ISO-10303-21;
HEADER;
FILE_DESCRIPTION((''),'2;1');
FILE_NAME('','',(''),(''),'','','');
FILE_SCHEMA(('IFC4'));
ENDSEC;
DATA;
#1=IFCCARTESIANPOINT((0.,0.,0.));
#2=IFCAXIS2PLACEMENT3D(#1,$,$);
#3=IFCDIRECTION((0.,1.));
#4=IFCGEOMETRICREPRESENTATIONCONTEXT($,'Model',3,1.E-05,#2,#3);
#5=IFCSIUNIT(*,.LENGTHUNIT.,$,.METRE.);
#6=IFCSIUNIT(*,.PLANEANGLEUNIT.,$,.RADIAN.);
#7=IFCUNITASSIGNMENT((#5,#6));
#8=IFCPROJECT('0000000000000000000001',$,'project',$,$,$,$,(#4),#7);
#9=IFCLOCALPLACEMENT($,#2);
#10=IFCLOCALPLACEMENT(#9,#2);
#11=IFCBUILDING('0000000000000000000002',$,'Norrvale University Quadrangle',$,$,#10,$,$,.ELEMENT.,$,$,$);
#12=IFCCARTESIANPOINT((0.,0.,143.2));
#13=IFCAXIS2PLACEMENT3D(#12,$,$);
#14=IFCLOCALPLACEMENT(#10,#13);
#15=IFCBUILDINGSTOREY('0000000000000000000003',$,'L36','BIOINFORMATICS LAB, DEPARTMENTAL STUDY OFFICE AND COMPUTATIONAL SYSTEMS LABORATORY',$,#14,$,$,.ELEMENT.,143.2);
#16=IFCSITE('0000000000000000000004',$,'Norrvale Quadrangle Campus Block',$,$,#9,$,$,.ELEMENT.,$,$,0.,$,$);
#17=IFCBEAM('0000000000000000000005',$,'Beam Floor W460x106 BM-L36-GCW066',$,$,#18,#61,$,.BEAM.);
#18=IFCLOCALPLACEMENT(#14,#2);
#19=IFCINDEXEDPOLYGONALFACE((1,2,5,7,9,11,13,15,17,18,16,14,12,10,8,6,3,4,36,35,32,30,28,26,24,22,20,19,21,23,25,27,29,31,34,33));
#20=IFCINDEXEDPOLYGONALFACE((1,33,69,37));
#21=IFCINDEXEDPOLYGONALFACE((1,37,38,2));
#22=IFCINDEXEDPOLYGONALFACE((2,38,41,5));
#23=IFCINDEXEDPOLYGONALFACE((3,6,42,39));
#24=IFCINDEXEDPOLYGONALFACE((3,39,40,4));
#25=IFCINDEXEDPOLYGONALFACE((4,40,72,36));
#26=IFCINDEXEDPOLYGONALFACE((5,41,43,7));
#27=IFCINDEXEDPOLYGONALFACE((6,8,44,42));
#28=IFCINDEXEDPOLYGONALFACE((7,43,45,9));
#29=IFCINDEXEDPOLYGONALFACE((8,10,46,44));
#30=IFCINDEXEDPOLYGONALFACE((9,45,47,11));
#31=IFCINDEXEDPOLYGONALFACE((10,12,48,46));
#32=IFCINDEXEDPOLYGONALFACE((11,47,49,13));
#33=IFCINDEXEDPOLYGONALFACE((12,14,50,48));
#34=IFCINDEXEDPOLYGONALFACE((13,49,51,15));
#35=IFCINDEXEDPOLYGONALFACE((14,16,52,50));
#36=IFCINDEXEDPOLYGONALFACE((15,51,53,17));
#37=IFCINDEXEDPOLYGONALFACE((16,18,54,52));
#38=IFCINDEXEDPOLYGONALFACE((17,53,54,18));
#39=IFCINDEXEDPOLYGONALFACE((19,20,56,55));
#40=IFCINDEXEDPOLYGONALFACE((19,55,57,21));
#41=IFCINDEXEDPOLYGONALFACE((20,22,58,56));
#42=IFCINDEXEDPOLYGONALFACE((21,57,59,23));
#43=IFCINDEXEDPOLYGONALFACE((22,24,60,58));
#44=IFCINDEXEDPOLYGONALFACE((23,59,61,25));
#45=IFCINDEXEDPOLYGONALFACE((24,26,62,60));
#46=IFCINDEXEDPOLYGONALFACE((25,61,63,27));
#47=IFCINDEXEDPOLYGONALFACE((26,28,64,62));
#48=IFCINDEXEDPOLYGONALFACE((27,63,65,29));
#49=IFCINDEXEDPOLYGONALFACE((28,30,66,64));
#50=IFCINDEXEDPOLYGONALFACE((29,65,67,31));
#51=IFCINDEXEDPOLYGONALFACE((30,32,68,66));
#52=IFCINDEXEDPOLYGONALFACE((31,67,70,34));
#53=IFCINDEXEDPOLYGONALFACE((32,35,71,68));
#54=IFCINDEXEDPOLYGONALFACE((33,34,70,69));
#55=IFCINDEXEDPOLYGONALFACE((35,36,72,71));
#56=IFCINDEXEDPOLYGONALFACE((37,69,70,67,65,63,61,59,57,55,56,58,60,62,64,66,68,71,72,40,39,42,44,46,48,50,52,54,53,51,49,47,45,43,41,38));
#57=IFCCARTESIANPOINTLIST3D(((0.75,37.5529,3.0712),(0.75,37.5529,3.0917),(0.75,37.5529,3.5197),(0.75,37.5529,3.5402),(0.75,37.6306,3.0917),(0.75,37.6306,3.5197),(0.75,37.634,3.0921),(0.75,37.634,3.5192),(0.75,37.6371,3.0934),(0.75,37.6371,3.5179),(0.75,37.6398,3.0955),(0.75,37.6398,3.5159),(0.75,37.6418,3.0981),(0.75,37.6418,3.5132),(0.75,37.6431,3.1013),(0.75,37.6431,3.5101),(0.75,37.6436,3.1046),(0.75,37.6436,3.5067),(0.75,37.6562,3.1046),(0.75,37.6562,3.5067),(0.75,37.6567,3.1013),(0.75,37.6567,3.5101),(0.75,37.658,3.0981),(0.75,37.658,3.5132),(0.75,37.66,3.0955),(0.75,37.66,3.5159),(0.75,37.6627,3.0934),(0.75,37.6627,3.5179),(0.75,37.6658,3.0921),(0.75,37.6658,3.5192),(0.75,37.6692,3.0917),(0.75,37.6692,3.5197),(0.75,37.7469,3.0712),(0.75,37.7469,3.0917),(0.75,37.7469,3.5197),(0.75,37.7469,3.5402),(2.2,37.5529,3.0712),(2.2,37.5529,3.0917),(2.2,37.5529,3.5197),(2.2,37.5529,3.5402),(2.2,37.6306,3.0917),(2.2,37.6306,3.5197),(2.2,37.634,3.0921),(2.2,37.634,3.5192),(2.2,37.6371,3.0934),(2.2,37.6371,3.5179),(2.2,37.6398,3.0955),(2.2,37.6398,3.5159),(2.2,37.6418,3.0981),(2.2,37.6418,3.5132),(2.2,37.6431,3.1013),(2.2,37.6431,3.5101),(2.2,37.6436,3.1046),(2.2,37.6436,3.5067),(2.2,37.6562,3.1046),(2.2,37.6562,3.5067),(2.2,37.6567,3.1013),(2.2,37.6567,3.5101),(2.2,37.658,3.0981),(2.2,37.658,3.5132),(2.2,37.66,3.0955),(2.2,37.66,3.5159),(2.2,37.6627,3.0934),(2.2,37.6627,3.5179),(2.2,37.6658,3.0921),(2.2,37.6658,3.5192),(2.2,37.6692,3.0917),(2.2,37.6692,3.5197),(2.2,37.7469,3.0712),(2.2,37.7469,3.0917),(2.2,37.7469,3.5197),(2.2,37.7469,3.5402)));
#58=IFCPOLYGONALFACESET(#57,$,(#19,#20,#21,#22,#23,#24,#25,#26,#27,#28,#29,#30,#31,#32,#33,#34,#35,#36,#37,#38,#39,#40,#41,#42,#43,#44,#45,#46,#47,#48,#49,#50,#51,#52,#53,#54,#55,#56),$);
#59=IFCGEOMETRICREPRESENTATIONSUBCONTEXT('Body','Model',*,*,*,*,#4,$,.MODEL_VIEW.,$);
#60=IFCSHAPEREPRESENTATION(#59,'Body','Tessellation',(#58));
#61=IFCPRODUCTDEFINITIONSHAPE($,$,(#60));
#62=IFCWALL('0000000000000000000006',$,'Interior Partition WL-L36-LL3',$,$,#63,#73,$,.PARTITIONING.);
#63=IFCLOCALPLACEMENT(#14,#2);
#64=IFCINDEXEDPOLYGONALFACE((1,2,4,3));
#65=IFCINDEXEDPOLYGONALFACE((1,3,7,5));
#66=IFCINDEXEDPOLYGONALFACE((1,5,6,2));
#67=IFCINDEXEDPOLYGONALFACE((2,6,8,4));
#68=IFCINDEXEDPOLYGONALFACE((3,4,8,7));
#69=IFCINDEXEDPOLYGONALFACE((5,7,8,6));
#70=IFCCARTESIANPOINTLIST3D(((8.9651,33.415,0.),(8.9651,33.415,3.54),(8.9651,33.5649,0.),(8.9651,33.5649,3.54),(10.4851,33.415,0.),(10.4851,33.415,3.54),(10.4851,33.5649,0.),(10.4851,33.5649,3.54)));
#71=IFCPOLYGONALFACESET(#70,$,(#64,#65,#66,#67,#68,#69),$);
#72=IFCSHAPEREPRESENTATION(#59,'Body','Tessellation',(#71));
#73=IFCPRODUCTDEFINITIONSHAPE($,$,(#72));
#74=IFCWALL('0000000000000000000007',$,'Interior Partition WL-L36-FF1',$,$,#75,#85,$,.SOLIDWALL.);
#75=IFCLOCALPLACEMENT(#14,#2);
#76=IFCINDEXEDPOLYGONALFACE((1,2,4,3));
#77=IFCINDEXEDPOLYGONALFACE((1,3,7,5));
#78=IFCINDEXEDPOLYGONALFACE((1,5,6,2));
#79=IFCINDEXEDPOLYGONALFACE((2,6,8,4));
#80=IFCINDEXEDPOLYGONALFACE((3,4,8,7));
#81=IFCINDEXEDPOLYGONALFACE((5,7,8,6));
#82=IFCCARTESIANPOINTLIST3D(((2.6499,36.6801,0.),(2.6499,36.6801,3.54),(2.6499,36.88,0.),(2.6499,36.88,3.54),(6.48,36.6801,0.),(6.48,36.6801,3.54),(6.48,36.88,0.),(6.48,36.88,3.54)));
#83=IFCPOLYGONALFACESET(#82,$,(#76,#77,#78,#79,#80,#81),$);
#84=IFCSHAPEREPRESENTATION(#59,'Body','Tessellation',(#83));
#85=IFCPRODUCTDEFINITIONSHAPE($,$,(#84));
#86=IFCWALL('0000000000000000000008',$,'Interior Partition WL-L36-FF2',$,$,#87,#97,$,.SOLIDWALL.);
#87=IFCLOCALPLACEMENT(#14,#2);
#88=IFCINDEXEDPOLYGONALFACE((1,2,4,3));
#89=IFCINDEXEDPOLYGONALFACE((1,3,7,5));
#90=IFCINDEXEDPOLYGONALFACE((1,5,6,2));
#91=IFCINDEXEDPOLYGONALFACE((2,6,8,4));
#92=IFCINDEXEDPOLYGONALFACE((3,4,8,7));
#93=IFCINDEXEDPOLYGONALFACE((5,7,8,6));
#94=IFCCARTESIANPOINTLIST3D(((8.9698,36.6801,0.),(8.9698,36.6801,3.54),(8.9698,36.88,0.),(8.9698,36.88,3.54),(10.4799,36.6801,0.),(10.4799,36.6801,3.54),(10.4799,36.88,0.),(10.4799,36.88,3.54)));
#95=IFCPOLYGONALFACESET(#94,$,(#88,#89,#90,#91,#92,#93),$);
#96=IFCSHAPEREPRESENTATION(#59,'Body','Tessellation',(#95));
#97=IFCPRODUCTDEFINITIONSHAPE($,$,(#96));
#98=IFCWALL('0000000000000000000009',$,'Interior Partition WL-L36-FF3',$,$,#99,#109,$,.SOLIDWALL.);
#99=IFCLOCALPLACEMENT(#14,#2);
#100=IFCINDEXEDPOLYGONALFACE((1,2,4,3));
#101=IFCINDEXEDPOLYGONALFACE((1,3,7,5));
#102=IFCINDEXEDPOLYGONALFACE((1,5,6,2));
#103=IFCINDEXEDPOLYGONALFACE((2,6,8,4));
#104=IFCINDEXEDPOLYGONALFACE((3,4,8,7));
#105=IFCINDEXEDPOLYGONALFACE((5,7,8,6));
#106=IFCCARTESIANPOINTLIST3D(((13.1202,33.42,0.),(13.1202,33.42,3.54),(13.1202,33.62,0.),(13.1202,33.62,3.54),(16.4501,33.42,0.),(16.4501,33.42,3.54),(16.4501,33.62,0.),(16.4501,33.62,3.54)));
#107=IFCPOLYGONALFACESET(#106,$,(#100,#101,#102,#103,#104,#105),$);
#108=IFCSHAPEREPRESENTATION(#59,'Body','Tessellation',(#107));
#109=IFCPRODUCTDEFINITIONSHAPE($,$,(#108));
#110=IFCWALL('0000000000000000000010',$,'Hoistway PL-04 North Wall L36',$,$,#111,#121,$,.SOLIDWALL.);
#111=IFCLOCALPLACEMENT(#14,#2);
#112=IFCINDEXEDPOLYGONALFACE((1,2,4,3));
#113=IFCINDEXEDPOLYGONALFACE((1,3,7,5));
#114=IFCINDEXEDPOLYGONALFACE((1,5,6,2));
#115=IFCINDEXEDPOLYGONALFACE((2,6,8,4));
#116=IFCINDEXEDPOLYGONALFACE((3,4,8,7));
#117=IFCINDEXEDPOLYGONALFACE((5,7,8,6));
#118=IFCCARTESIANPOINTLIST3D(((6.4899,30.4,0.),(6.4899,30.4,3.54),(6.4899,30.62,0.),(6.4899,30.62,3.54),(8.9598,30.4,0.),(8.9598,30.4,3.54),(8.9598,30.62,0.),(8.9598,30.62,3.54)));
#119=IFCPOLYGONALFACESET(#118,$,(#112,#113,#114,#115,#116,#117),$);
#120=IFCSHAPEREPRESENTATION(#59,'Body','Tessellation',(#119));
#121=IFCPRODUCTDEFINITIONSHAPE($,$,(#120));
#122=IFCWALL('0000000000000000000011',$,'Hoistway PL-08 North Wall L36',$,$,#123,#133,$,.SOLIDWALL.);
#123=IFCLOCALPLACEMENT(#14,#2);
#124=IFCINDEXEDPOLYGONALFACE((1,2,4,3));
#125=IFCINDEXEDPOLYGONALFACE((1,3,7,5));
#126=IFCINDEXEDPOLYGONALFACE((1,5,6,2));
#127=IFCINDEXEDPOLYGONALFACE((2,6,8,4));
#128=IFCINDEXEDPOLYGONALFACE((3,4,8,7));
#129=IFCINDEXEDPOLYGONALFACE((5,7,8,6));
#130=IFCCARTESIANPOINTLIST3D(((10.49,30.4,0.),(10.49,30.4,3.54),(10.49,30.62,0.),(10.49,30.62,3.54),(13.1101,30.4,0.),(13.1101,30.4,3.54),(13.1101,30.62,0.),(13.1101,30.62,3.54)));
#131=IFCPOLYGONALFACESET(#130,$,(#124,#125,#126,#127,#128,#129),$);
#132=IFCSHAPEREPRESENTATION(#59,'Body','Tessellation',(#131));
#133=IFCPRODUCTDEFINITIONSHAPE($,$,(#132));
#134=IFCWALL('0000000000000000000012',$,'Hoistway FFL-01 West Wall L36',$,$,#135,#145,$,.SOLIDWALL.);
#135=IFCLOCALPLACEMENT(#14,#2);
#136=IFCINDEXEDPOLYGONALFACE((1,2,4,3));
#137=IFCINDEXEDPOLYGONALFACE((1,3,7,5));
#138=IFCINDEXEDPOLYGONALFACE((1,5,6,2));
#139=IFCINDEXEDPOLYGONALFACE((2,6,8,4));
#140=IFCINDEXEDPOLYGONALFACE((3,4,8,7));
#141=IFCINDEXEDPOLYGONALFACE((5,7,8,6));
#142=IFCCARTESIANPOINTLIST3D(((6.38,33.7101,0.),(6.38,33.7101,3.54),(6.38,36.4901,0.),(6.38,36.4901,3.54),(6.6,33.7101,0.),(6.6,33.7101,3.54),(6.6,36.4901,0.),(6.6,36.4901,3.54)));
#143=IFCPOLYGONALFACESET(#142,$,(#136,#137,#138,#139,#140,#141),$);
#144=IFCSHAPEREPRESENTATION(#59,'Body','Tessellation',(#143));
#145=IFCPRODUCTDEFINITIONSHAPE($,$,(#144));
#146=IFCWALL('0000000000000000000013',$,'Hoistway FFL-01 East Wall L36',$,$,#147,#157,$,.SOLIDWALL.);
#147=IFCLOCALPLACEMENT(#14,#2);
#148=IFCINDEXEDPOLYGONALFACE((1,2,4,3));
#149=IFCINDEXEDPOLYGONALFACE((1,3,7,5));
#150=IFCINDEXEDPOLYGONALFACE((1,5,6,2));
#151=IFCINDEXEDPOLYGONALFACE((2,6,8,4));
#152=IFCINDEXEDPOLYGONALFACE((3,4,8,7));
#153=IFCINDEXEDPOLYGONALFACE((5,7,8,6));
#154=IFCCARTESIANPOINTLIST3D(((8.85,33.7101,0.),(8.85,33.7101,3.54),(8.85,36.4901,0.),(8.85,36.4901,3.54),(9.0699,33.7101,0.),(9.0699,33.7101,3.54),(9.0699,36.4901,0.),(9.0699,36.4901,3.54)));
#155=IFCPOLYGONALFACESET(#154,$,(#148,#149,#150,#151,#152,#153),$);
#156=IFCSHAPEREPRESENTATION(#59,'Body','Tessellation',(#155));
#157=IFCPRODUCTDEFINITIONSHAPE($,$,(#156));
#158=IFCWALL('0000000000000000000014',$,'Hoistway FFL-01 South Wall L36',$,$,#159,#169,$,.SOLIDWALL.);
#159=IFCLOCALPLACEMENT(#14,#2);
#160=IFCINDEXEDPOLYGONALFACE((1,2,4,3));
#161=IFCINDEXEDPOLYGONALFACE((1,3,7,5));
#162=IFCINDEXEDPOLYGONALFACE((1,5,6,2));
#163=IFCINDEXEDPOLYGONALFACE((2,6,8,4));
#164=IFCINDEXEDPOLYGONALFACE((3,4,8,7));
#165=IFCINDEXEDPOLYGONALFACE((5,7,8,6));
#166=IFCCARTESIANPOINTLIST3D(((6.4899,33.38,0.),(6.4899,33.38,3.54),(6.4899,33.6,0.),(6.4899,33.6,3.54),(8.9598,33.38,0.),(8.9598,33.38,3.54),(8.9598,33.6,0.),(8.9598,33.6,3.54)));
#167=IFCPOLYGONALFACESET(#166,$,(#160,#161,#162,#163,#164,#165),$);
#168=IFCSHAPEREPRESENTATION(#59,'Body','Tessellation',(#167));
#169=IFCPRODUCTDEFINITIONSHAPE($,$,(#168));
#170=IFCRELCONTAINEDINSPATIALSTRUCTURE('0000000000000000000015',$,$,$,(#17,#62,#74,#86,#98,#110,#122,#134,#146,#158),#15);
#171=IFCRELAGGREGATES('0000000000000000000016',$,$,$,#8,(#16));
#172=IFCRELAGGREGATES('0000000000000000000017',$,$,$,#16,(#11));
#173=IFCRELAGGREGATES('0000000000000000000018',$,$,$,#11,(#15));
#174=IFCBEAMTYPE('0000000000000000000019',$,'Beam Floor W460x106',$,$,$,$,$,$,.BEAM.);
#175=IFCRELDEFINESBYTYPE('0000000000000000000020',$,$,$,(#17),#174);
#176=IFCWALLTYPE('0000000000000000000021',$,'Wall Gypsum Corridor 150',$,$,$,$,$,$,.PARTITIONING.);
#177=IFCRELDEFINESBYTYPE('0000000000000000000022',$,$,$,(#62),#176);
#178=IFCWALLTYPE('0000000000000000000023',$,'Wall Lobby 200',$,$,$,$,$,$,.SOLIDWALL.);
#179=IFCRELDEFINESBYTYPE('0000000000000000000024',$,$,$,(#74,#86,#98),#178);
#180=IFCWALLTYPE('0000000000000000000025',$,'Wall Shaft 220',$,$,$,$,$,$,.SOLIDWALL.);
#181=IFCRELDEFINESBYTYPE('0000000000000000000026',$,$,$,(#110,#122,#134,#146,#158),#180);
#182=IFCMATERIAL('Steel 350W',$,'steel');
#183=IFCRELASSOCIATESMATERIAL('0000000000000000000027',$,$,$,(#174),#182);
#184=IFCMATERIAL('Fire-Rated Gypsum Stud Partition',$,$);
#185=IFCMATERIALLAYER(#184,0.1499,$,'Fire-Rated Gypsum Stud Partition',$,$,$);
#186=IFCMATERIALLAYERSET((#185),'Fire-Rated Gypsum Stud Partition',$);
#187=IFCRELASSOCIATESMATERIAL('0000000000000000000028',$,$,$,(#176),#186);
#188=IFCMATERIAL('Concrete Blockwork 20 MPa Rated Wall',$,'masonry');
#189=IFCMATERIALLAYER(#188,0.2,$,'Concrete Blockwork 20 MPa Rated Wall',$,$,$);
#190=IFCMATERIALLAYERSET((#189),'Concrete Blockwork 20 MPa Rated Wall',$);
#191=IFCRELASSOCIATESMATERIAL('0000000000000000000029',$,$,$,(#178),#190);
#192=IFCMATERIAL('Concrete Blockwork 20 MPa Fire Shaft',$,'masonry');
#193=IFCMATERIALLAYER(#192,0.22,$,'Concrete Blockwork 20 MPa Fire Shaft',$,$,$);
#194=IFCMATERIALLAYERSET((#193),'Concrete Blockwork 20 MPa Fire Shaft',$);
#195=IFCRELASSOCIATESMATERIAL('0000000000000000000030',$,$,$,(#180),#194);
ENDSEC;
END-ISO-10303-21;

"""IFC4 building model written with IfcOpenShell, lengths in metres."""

from ifc_helpers import new_model, si_unit, direction, frame, frame_2d, origin, origin_2d, place, context, subcontext, project, spatial, rectangle, i_section, extrude, material, layer, layer_set, material_profile, profile_set, type_object, element, save


model = new_model("IFC4")

# Units and contexts
model_context = context("Model", 3, precision=1e-05, world=origin(), true_north=direction((0.0, 1.0)))
body_context = subcontext(model_context, "Body", "Model", "MODEL_VIEW")
ifc_project = project(units=[si_unit("LENGTHUNIT", "METRE"), si_unit("PLANEANGLEUNIT", "RADIAN")], contexts=[model_context])

# Site, building, storey
site_placement = place(None, origin())
site = spatial("IfcSite", under=ifc_project, at=site_placement, Name="Norrvale Quadrangle Campus Block", CompositionType="ELEMENT", RefElevation=0.0)
building_placement = place(site_placement, origin())
building = spatial("IfcBuilding", under=site, at=building_placement, Name="Norrvale University Quadrangle", CompositionType="ELEMENT")
storey_placement = place(building_placement, frame((0.0, 0.0, 143.2)))
storey = spatial("IfcBuildingStorey", under=building, at=storey_placement, Name="L36", Description="BIOINFORMATICS LAB, DEPARTMENTAL STUDY OFFICE AND COMPUTATIONAL SYSTEMS LABORATORY", CompositionType="ELEMENT", Elevation=143.2)

# Beam
ifc_material_1 = material(Name="Steel 350W", Category="steel")
ifc_material_profile_1 = material_profile(ifc_material_1, i_section(OverallWidth=0.1941, OverallDepth=0.469, WebThickness=0.0127, FlangeThickness=0.0205, FilletRadius=0.0129, at=origin_2d()), Name="Steel 350W")
ifc_profile_set_1 = profile_set([ifc_material_profile_1], Name="Steel 350W")
beam_type = type_object("IfcBeamType", Name="Beam Floor W460x106", PredefinedType="BEAM", material=ifc_profile_set_1)
for number, where, z_axis, x_axis, name in (
    (1, (0.75, 37.6499, 3.3057), (1.0, 0.0, 0.0), (0.0, 1.0, 0.0), "Beam Floor W460x106 BM-L36-GCW066"),
):
    element("IfcBeam", number, at=place(storey_placement, frame(where, z_axis=z_axis, x_axis=x_axis)), inside=storey, type_object=beam_type, Name=name, PredefinedType="BEAM", context=body_context, shape_type="SweptSolid", body=[
        extrude(i_section(OverallWidth=0.1941, OverallDepth=0.469, WebThickness=0.0127, FlangeThickness=0.0205, FilletRadius=0.0129, at=origin_2d()), origin(), (0.0, 0.0, 1.0), 1.45),
    ])

# Walls
ifc_material_2 = material(Name="Fire-Rated Gypsum Stud Partition")
ifc_layer_1 = layer(ifc_material_2, 0.1499, Name="Fire-Rated Gypsum Stud Partition")
ifc_layer_set_1 = layer_set([ifc_layer_1], Name="Fire-Rated Gypsum Stud Partition")
wall_type_1 = type_object("IfcWallType", Name="Wall Gypsum Corridor 150", PredefinedType="PARTITIONING", material=ifc_layer_set_1)
wall_1_placement = place(storey_placement, frame((8.9651, 33.49, 0.0), z_axis=(0.0, 0.0, 1.0), x_axis=(1.0, 0.0, 0.0)))
element("IfcWall", 2, at=wall_1_placement, inside=storey, type_object=wall_type_1, Name="Interior Partition WL-L36-LL3", PredefinedType="PARTITIONING", context=body_context, shape_type="SweptSolid", body=[
    extrude(rectangle(XDim=1.52, YDim=0.1499, at=frame_2d((0.76, 0.0))), origin(), (0.0, 0.0, 1.0), 3.54),
])
ifc_material_3 = material(Name="Concrete Blockwork 20 MPa Rated Wall", Category="masonry")
ifc_layer_2 = layer(ifc_material_3, 0.2, Name="Concrete Blockwork 20 MPa Rated Wall")
ifc_layer_set_2 = layer_set([ifc_layer_2], Name="Concrete Blockwork 20 MPa Rated Wall")
wall_type_2 = type_object("IfcWallType", Name="Wall Lobby 200", PredefinedType="SOLIDWALL", material=ifc_layer_set_2)
wall_2_placement = place(storey_placement, frame((2.6499, 36.78, 0.0), z_axis=(0.0, 0.0, 1.0), x_axis=(1.0, 0.0, 0.0)))
element("IfcWall", 3, at=wall_2_placement, inside=storey, type_object=wall_type_2, Name="Interior Partition WL-L36-FF1", PredefinedType="SOLIDWALL", context=body_context, shape_type="SweptSolid", body=[
    extrude(rectangle(XDim=3.8301, YDim=0.2, at=frame_2d((1.915, 0.0))), origin(), (0.0, 0.0, 1.0), 3.54),
])
wall_3_placement = place(storey_placement, frame((8.97, 36.78, 0.0), z_axis=(0.0, 0.0, 1.0), x_axis=(1.0, 0.0, 0.0)))
element("IfcWall", 4, at=wall_3_placement, inside=storey, type_object=wall_type_2, Name="Interior Partition WL-L36-FF2", PredefinedType="SOLIDWALL", context=body_context, shape_type="SweptSolid", body=[
    extrude(rectangle(XDim=1.51, YDim=0.2, at=frame_2d((0.7549, 0.0))), origin(), (0.0, 0.0, 1.0), 3.54),
])
wall_4_placement = place(storey_placement, frame((13.1201, 33.52, 0.0), z_axis=(0.0, 0.0, 1.0), x_axis=(1.0, 0.0, 0.0)))
element("IfcWall", 5, at=wall_4_placement, inside=storey, type_object=wall_type_2, Name="Interior Partition WL-L36-FF3", PredefinedType="SOLIDWALL", context=body_context, shape_type="SweptSolid", body=[
    extrude(rectangle(XDim=3.3298, YDim=0.2, at=frame_2d((1.665, 0.0))), origin(), (0.0, 0.0, 1.0), 3.54),
])
ifc_material_4 = material(Name="Concrete Blockwork 20 MPa Fire Shaft", Category="masonry")
ifc_layer_3 = layer(ifc_material_4, 0.22, Name="Concrete Blockwork 20 MPa Fire Shaft")
ifc_layer_set_3 = layer_set([ifc_layer_3], Name="Concrete Blockwork 20 MPa Fire Shaft")
wall_type_3 = type_object("IfcWallType", Name="Wall Shaft 220", PredefinedType="SOLIDWALL", material=ifc_layer_set_3)
wall_5_placement = place(storey_placement, frame((6.49, 30.51, 0.0), z_axis=(0.0, 0.0, 1.0), x_axis=(1.0, 0.0, 0.0)))
element("IfcWall", 6, at=wall_5_placement, inside=storey, type_object=wall_type_3, Name="Hoistway PL-04 North Wall L36", PredefinedType="SOLIDWALL", context=body_context, shape_type="SweptSolid", body=[
    extrude(rectangle(XDim=2.47, YDim=0.22, at=frame_2d((1.2349, 0.0))), origin(), (0.0, 0.0, 1.0), 3.54),
])
wall_6_placement = place(storey_placement, frame((10.49, 30.51, 0.0), z_axis=(0.0, 0.0, 1.0), x_axis=(1.0, 0.0, 0.0)))
element("IfcWall", 7, at=wall_6_placement, inside=storey, type_object=wall_type_3, Name="Hoistway PL-08 North Wall L36", PredefinedType="SOLIDWALL", context=body_context, shape_type="SweptSolid", body=[
    extrude(rectangle(XDim=2.6201, YDim=0.22, at=frame_2d((1.3101, 0.0))), origin(), (0.0, 0.0, 1.0), 3.54),
])
for number, where, z_axis, x_axis, name in (
    (8, (6.49, 33.71, 0.0), (0.0, 0.0, 1.0), (0.0, 1.0, 0.0), "Hoistway FFL-01 West Wall L36"),
    (9, (8.96, 33.71, 0.0), (0.0, 0.0, 1.0), (0.0, 1.0, 0.0), "Hoistway FFL-01 East Wall L36"),
):
    element("IfcWall", number, at=place(storey_placement, frame(where, z_axis=z_axis, x_axis=x_axis)), inside=storey, type_object=wall_type_3, Name=name, PredefinedType="SOLIDWALL", context=body_context, shape_type="SweptSolid", body=[
        extrude(rectangle(XDim=2.78, YDim=0.22, at=frame_2d((1.3901, 0.0))), origin(), (0.0, 0.0, 1.0), 3.54),
    ])
wall_7_placement = place(storey_placement, frame((6.49, 33.49, 0.0), z_axis=(0.0, 0.0, 1.0), x_axis=(1.0, 0.0, 0.0)))
element("IfcWall", 10, at=wall_7_placement, inside=storey, type_object=wall_type_3, Name="Hoistway FFL-01 South Wall L36", PredefinedType="SOLIDWALL", context=body_context, shape_type="SweptSolid", body=[
    extrude(rectangle(XDim=2.47, YDim=0.22, at=frame_2d((1.2349, 0.0))), origin(), (0.0, 0.0, 1.0), 3.54),
])

save(model, "model.ifc")
